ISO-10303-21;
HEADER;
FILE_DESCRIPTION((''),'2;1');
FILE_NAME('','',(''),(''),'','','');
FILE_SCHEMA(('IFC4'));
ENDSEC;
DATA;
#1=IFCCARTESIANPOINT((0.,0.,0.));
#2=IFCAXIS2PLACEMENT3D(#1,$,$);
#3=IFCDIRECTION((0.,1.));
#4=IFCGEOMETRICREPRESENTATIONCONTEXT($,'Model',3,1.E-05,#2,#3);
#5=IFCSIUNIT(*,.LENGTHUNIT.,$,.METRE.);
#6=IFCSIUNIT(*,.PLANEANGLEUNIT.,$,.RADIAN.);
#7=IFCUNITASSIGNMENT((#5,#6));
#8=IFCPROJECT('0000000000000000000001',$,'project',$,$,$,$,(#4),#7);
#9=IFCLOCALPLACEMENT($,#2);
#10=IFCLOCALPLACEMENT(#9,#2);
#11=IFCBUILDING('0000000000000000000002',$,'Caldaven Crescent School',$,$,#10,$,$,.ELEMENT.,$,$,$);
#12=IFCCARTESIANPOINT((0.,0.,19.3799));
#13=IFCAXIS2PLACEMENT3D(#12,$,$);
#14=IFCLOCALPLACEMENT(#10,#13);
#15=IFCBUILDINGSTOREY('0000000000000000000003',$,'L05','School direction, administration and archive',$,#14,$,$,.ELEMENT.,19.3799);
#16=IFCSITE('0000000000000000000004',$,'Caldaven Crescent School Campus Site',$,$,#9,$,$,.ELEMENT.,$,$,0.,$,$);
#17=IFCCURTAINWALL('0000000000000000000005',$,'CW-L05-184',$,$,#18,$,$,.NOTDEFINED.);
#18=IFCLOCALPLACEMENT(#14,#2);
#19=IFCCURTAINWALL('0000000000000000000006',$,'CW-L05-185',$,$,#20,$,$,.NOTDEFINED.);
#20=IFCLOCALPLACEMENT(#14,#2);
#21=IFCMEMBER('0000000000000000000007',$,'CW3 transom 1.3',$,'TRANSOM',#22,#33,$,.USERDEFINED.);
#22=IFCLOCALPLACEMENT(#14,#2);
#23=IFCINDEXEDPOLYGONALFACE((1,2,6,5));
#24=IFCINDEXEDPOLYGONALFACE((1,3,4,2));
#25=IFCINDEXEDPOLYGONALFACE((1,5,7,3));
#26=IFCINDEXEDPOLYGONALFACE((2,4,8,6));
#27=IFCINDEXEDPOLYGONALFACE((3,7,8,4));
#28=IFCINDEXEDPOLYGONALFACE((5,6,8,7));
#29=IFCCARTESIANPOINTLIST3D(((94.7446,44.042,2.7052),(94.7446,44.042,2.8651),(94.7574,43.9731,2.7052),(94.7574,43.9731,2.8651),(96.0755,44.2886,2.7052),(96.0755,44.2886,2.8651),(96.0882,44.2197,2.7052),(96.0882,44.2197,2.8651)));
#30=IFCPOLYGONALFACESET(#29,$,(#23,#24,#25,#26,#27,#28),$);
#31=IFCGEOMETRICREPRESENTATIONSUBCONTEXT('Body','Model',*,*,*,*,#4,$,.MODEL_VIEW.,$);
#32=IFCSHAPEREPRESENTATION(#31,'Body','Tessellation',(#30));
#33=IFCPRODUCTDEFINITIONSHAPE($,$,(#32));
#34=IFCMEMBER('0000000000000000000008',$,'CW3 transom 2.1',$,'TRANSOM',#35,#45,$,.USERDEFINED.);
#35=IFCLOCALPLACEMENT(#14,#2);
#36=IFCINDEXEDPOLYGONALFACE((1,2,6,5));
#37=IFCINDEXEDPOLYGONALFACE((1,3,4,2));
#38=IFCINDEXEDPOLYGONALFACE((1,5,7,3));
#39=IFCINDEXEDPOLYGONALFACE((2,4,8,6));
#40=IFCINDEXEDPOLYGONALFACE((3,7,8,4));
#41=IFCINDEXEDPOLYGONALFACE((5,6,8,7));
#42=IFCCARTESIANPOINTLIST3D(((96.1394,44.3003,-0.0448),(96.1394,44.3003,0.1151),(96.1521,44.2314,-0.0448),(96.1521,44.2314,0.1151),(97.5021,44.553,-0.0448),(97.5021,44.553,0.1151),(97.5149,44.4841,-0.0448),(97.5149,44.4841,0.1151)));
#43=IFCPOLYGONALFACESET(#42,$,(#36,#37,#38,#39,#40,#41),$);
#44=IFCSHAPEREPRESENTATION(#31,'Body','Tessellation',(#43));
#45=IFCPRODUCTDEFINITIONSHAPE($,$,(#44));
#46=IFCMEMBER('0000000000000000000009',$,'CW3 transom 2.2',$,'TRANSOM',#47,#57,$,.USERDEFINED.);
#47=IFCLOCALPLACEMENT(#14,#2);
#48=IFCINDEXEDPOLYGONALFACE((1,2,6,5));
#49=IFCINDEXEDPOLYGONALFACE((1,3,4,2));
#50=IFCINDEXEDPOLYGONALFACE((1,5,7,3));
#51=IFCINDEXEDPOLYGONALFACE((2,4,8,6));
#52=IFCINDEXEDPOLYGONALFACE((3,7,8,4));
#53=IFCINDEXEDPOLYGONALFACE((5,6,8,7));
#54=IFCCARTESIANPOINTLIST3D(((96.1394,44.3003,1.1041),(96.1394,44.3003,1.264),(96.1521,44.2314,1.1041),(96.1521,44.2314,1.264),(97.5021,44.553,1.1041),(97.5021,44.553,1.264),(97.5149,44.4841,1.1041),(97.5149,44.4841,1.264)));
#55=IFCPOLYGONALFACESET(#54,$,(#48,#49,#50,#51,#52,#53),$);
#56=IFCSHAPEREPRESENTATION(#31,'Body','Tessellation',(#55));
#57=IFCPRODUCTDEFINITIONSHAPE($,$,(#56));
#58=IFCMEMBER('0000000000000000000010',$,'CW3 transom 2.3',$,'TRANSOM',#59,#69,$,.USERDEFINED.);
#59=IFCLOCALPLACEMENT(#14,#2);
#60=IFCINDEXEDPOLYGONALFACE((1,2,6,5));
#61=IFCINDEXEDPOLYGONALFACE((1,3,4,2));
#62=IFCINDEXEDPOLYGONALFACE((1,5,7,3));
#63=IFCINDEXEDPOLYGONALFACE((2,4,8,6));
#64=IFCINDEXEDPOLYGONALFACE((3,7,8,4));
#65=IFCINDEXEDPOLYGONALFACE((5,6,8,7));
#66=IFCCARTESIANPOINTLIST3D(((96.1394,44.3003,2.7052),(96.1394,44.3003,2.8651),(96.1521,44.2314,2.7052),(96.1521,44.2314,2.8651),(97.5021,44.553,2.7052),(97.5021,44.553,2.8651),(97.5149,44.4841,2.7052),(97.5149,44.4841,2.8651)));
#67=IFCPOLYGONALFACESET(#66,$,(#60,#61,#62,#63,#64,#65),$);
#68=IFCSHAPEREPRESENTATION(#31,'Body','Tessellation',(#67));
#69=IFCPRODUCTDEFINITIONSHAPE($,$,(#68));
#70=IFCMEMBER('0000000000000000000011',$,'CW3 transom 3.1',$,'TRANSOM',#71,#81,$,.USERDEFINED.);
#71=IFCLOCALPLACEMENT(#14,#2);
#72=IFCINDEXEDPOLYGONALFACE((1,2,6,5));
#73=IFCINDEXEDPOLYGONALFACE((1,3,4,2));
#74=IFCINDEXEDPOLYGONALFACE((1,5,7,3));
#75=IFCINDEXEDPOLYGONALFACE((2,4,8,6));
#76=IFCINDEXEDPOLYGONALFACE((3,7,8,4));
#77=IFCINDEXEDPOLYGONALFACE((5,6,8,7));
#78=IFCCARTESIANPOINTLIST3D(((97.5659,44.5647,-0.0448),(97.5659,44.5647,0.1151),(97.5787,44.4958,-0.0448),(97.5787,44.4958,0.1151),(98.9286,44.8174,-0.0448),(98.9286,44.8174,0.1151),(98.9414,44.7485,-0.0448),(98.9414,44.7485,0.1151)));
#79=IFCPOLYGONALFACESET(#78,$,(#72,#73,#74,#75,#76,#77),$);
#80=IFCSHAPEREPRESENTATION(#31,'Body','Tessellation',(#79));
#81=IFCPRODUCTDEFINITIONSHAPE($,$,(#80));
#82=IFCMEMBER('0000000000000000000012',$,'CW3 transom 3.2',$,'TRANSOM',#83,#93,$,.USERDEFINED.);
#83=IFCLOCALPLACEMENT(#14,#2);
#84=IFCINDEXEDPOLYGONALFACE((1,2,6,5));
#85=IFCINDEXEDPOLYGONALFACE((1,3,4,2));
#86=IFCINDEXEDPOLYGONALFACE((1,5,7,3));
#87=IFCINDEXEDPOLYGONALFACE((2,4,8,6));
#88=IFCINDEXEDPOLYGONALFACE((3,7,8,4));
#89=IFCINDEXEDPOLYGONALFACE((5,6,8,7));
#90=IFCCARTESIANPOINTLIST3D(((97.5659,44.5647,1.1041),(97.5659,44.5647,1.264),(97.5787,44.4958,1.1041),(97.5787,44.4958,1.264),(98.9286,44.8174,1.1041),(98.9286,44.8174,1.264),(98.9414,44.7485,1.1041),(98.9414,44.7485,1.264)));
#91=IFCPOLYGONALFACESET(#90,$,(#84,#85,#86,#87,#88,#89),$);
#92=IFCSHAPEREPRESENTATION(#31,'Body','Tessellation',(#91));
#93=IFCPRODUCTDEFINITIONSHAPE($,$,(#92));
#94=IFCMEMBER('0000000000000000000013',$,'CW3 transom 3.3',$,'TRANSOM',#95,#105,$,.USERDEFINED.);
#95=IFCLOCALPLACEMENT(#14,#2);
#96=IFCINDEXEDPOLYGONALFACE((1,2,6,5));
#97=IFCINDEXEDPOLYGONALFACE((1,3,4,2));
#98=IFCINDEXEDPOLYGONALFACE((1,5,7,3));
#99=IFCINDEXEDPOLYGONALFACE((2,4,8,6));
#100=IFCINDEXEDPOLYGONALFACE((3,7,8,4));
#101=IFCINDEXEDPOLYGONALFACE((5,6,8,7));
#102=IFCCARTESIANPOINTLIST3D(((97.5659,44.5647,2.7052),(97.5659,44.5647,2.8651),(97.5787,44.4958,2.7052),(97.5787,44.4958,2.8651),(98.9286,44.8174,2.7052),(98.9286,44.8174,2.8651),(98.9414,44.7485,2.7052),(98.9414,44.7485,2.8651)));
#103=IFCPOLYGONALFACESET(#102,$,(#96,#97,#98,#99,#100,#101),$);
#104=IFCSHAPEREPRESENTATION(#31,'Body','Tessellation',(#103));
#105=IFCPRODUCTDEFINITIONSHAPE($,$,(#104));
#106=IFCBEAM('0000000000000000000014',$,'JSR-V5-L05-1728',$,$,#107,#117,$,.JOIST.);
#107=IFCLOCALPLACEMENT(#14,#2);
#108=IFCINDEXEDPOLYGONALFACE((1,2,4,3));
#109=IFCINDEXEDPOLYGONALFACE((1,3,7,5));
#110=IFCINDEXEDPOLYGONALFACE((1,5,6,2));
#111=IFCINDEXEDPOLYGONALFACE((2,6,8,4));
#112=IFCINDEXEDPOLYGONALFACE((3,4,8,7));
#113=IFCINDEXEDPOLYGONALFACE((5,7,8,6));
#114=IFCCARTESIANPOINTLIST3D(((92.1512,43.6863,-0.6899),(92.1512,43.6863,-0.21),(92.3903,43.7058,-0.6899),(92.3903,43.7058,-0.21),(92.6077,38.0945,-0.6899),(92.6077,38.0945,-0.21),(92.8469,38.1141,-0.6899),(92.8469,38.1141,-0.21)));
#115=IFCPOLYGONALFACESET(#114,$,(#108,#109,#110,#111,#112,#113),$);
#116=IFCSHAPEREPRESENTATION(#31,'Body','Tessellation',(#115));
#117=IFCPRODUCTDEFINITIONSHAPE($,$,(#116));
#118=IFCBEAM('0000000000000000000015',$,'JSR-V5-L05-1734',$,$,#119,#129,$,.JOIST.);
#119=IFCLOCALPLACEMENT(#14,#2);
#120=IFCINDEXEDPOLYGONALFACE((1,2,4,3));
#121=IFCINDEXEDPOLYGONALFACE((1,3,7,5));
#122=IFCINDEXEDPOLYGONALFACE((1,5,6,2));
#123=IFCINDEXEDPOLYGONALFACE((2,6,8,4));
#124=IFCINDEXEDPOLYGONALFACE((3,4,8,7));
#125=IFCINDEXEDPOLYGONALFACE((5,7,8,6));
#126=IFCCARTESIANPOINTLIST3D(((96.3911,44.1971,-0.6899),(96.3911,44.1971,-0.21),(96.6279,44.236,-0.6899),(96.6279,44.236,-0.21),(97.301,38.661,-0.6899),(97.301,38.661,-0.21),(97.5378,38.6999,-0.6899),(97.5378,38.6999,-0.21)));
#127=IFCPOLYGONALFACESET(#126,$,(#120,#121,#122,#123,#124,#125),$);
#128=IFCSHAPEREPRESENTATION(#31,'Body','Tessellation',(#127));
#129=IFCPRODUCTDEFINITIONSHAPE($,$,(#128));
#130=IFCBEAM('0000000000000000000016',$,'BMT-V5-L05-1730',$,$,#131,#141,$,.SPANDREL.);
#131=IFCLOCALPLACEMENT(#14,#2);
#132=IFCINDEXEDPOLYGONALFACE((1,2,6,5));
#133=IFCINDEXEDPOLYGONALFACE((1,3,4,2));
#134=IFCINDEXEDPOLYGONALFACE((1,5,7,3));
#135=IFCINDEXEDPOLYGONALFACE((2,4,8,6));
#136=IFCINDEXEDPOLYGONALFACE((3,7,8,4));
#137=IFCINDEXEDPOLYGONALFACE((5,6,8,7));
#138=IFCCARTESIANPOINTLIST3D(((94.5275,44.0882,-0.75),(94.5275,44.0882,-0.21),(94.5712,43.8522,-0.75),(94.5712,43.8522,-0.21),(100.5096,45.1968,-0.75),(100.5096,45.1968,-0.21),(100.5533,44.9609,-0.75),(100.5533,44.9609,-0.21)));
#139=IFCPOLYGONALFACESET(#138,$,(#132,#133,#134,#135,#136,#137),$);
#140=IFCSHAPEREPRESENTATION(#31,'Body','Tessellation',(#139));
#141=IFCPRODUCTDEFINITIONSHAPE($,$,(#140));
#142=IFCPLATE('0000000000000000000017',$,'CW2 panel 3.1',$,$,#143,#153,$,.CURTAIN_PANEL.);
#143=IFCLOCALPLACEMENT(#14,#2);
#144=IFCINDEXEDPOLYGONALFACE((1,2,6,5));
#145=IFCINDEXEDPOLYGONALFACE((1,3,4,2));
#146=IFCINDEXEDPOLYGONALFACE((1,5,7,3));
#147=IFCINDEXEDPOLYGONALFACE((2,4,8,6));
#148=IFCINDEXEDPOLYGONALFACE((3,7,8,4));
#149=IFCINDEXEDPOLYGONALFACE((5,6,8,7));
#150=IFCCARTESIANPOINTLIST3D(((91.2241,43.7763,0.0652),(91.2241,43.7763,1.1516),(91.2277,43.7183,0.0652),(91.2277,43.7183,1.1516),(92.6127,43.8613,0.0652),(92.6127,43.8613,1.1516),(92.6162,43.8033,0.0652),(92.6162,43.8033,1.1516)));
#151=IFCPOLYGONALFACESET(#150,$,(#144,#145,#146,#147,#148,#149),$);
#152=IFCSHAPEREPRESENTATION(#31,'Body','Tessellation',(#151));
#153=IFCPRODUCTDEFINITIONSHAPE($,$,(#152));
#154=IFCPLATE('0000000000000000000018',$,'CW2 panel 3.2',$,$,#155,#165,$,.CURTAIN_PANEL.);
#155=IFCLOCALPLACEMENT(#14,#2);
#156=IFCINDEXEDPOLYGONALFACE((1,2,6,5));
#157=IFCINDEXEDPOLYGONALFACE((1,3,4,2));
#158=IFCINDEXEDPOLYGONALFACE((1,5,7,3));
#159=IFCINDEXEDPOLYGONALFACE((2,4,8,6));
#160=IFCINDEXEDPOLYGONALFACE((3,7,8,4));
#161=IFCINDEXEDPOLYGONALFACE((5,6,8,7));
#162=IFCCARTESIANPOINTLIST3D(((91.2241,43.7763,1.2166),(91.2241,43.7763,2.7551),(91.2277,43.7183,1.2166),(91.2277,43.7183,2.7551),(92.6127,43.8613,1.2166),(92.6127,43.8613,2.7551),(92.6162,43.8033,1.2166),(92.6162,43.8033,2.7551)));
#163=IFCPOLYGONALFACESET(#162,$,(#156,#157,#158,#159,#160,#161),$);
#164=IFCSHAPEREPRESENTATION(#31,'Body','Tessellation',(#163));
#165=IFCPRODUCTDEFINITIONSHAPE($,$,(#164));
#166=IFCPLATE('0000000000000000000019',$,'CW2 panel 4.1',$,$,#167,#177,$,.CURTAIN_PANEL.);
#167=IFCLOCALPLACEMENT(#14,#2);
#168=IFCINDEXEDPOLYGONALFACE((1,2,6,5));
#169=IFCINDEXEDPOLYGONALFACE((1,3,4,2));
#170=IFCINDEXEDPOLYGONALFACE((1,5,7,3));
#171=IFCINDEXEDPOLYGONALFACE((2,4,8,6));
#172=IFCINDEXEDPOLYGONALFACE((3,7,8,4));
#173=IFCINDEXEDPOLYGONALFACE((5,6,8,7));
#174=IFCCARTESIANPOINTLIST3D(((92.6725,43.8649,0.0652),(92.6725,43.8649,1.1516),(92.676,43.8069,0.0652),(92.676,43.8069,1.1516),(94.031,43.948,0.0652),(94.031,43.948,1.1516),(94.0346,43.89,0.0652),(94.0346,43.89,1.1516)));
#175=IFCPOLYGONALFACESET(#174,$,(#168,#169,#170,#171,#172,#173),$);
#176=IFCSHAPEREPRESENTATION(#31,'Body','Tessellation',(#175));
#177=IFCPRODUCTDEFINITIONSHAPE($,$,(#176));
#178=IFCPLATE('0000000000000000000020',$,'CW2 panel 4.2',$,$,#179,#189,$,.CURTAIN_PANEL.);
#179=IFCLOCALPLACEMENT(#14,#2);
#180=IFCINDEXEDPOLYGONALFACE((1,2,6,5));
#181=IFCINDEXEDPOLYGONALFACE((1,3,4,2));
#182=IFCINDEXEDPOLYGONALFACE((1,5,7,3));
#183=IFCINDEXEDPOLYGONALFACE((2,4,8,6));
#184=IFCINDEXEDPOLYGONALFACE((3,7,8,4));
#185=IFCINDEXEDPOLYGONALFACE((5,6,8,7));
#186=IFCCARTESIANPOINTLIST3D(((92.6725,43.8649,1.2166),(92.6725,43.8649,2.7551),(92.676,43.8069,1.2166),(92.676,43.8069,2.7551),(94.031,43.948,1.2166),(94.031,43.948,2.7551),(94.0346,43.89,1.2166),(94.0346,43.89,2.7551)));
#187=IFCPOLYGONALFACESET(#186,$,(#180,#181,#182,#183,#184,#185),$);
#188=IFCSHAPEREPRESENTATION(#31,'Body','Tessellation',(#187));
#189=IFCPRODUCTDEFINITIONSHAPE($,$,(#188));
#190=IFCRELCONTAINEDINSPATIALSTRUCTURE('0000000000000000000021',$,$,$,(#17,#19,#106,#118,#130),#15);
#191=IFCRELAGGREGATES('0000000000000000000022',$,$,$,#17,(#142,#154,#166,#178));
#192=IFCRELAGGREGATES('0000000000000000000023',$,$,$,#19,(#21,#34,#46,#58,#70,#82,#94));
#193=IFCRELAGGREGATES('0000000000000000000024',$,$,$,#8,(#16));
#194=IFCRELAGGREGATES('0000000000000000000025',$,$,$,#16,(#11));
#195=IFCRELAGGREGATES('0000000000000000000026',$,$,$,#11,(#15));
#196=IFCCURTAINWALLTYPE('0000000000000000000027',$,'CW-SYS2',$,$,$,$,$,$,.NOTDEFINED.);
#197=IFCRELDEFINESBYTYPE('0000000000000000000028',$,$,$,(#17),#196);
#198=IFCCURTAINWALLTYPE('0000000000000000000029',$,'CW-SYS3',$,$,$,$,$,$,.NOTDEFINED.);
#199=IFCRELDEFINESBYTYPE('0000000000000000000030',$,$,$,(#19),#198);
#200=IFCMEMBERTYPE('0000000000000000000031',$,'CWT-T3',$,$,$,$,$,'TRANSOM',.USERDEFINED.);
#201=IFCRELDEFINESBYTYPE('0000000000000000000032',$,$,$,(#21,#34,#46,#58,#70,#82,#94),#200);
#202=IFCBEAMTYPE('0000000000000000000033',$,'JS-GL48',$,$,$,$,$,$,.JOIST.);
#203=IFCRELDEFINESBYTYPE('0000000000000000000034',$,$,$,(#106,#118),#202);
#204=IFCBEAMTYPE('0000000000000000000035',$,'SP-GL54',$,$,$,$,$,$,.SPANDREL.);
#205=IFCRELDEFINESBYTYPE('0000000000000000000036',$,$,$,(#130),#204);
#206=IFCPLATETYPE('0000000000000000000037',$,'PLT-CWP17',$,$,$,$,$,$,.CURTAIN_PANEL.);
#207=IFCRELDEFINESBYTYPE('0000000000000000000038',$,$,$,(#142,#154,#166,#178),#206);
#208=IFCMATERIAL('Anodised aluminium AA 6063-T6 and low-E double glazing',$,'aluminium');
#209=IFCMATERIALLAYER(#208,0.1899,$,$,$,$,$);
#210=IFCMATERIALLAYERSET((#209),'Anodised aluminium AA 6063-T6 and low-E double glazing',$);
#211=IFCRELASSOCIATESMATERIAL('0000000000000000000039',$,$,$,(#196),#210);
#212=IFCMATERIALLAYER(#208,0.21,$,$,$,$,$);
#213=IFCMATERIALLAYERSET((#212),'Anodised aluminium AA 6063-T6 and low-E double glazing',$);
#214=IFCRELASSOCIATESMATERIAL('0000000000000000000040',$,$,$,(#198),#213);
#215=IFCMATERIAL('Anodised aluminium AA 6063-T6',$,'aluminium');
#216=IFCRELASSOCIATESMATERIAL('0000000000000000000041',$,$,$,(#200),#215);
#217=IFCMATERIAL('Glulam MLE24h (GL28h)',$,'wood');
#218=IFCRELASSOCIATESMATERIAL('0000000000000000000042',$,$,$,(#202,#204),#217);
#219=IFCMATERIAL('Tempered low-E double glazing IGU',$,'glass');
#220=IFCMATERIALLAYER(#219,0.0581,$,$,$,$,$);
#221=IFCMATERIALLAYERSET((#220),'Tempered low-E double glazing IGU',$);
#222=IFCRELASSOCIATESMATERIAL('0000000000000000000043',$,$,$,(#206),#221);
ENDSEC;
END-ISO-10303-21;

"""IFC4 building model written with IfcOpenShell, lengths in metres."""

from ifc_helpers import new_model, si_unit, direction, frame, origin, origin_2d, place, context, subcontext, project, spatial, rectangle, extrude, material, layer, layer_set, material_profile, profile_set, type_object, element, aggregate, save


model = new_model("IFC4")

# Units and contexts
model_context = context("Model", 3, precision=1e-05, world=origin(), true_north=direction((0.0, 1.0)))
body_context = subcontext(model_context, "Body", "Model", "MODEL_VIEW")
ifc_project = project(units=[si_unit("LENGTHUNIT", "METRE"), si_unit("PLANEANGLEUNIT", "RADIAN")], contexts=[model_context])

# Site, building, storey
site_placement = place(None, origin())
site = spatial("IfcSite", under=ifc_project, at=site_placement, Name="Caldaven Crescent School Campus Site", CompositionType="ELEMENT", RefElevation=0.0)
building_placement = place(site_placement, origin())
building = spatial("IfcBuilding", under=site, at=building_placement, Name="Caldaven Crescent School", CompositionType="ELEMENT")
storey_placement = place(building_placement, frame((0.0, 0.0, 19.3799)))
storey = spatial("IfcBuildingStorey", under=building, at=storey_placement, Name="L05", Description="School direction, administration and archive", CompositionType="ELEMENT", Elevation=19.3799)

# Shared definitions
ifc_material_1 = material(Name="Glulam MLE24h (GL28h)", Category="wood")

# Curtain walls
ifc_material_2 = material(Name="Anodised aluminium AA 6063-T6 and low-E double glazing", Category="aluminium")
ifc_layer_1 = layer(ifc_material_2, 0.1899)
ifc_layer_set_1 = layer_set([ifc_layer_1], Name="Anodised aluminium AA 6063-T6 and low-E double glazing")
curtain_wall_type_1 = type_object("IfcCurtainWallType", Name="CW-SYS2", PredefinedType="NOTDEFINED", material=ifc_layer_set_1)
curtain_wall_1_placement = place(storey_placement, origin())
curtain_wall_1 = element("IfcCurtainWall", 1, at=curtain_wall_1_placement, inside=storey, type_object=curtain_wall_type_1, Name="CW-L05-184", PredefinedType="NOTDEFINED")
ifc_material_3 = material(Name="Anodised aluminium AA 6063-T6", Category="aluminium")
ifc_layer_2 = layer(ifc_material_2, 0.21)
ifc_layer_set_2 = layer_set([ifc_layer_2], Name="Anodised aluminium AA 6063-T6 and low-E double glazing")
curtain_wall_type_2 = type_object("IfcCurtainWallType", Name="CW-SYS3", PredefinedType="NOTDEFINED", material=ifc_layer_set_2)
curtain_wall_2_placement = place(storey_placement, origin())
curtain_wall_2 = element("IfcCurtainWall", 2, at=curtain_wall_2_placement, inside=storey, type_object=curtain_wall_type_2, Name="CW-L05-185", PredefinedType="NOTDEFINED")

# Members
ifc_material_profile_1 = material_profile(ifc_material_3, rectangle(XDim=0.0701, YDim=0.1599, at=origin_2d()), Name="CWT 70x160")
ifc_profile_set_1 = profile_set([ifc_material_profile_1], Name="Anodised aluminium AA 6063-T6")
member_type_1 = type_object("IfcMemberType", Name="CWT-T3", ElementType="TRANSOM", PredefinedType="USERDEFINED", material=ifc_profile_set_1)
member_1_placement = place(storey_placement, frame((94.751, 44.0076, 2.7852), z_axis=(0.983264, 0.182186, 0.0), x_axis=(-0.182186, 0.983264, 0.0)))
member_1 = element("IfcMember", 3, at=member_1_placement, type_object=member_type_1, Name="CW3 transom 1.3", ObjectType="TRANSOM", PredefinedType="USERDEFINED", context=body_context, shape_type="SweptSolid", body=[
    extrude(rectangle(XDim=0.0701, YDim=0.1599, at=origin_2d()), origin(), (0.0, 0.0, 1.0), 1.3535),
])
member_2_placement = place(storey_placement, frame((96.1458, 44.2659, 0.0352), z_axis=(0.983241, 0.18231, 0.0), x_axis=(-0.18231, 0.983241, 0.0)))
member_2 = element("IfcMember", 4, at=member_2_placement, type_object=member_type_1, Name="CW3 transom 2.1", ObjectType="TRANSOM", PredefinedType="USERDEFINED", context=body_context, shape_type="SweptSolid", body=[
    extrude(rectangle(XDim=0.0701, YDim=0.1599, at=origin_2d()), origin(), (0.0, 0.0, 1.0), 1.386),
])
member_3_placement = place(storey_placement, frame((96.1458, 44.2659, 1.1841), z_axis=(0.983241, 0.18231, 0.0), x_axis=(-0.18231, 0.983241, 0.0)))
member_3 = element("IfcMember", 5, at=member_3_placement, type_object=member_type_1, Name="CW3 transom 2.2", ObjectType="TRANSOM", PredefinedType="USERDEFINED", context=body_context, shape_type="SweptSolid", body=[
    extrude(rectangle(XDim=0.0701, YDim=0.1599, at=origin_2d()), origin(), (0.0, 0.0, 1.0), 1.386),
])
member_4_placement = place(storey_placement, frame((96.1458, 44.2659, 2.7852), z_axis=(0.983241, 0.18231, 0.0), x_axis=(-0.18231, 0.983241, 0.0)))
member_4 = element("IfcMember", 6, at=member_4_placement, type_object=member_type_1, Name="CW3 transom 2.3", ObjectType="TRANSOM", PredefinedType="USERDEFINED", context=body_context, shape_type="SweptSolid", body=[
    extrude(rectangle(XDim=0.0701, YDim=0.1599, at=origin_2d()), origin(), (0.0, 0.0, 1.0), 1.386),
])
member_5_placement = place(storey_placement, frame((97.5723, 44.5303, 0.0352), z_axis=(0.983241, 0.18231, 0.0), x_axis=(-0.18231, 0.983241, 0.0)))
member_5 = element("IfcMember", 7, at=member_5_placement, type_object=member_type_1, Name="CW3 transom 3.1", ObjectType="TRANSOM", PredefinedType="USERDEFINED", context=body_context, shape_type="SweptSolid", body=[
    extrude(rectangle(XDim=0.0701, YDim=0.1599, at=origin_2d()), origin(), (0.0, 0.0, 1.0), 1.386),
])
member_6_placement = place(storey_placement, frame((97.5723, 44.5303, 1.1841), z_axis=(0.983241, 0.18231, 0.0), x_axis=(-0.18231, 0.983241, 0.0)))
member_6 = element("IfcMember", 8, at=member_6_placement, type_object=member_type_1, Name="CW3 transom 3.2", ObjectType="TRANSOM", PredefinedType="USERDEFINED", context=body_context, shape_type="SweptSolid", body=[
    extrude(rectangle(XDim=0.0701, YDim=0.1599, at=origin_2d()), origin(), (0.0, 0.0, 1.0), 1.386),
])
member_7_placement = place(storey_placement, frame((97.5723, 44.5303, 2.7852), z_axis=(0.983241, 0.18231, 0.0), x_axis=(-0.18231, 0.983241, 0.0)))
member_7 = element("IfcMember", 9, at=member_7_placement, type_object=member_type_1, Name="CW3 transom 3.3", ObjectType="TRANSOM", PredefinedType="USERDEFINED", context=body_context, shape_type="SweptSolid", body=[
    extrude(rectangle(XDim=0.0701, YDim=0.1599, at=origin_2d()), origin(), (0.0, 0.0, 1.0), 1.386),
])

# Beams
ifc_material_profile_2 = material_profile(ifc_material_1, rectangle(XDim=0.24, YDim=0.48, at=origin_2d()), Name="MLE 240x480")
ifc_profile_set_2 = profile_set([ifc_material_profile_2], Name="Glulam MLE24h (GL28h)")
beam_type_1 = type_object("IfcBeamType", Name="JS-GL48", PredefinedType="JOIST", material=ifc_profile_set_2)
for number, where, z_axis, x_axis, name in (
    (10, (92.2708, 43.696, -0.45), (0.081374, -0.996684, 0.0), (0.996684, 0.081374, 0.0), "JSR-V5-L05-1728"),
    (11, (96.5095, 44.2166, -0.45), (0.162183, -0.986761, 0.0), (0.986761, 0.162183, 0.0), "JSR-V5-L05-1734"),
):
    element("IfcBeam", number, at=place(storey_placement, frame(where, z_axis=z_axis, x_axis=x_axis)), inside=storey, type_object=beam_type_1, Name=name, PredefinedType="JOIST", context=body_context, shape_type="SweptSolid", body=[
        extrude(rectangle(XDim=0.24, YDim=0.48, at=origin_2d()), origin(), (0.0, 0.0, 1.0), 5.6104),
    ])
ifc_material_profile_3 = material_profile(ifc_material_1, rectangle(XDim=0.24, YDim=0.54, at=origin_2d()), Name="MLE 240x540")
ifc_profile_set_3 = profile_set([ifc_material_profile_3], Name="Glulam MLE24h (GL28h)")
beam_type_2 = type_object("IfcBeamType", Name="SP-GL54", PredefinedType="SPANDREL", material=ifc_profile_set_3)
beam_1_placement = place(storey_placement, frame((94.5493, 43.9702, -0.48), z_axis=(0.983258, 0.182221, 0.0), x_axis=(-0.182221, 0.983258, 0.0)))
element("IfcBeam", 12, at=beam_1_placement, inside=storey, type_object=beam_type_2, Name="BMT-V5-L05-1730", PredefinedType="SPANDREL", context=body_context, shape_type="SweptSolid", body=[
    extrude(rectangle(XDim=0.24, YDim=0.54, at=origin_2d()), origin(), (0.0, 0.0, 1.0), 6.084),
])

# Plates
ifc_material_4 = material(Name="Tempered low-E double glazing IGU", Category="glass")
ifc_layer_3 = layer(ifc_material_4, 0.0581)
ifc_layer_set_3 = layer_set([ifc_layer_3], Name="Tempered low-E double glazing IGU")
plate_type_1 = type_object("IfcPlateType", Name="PLT-CWP17", PredefinedType="CURTAIN_PANEL", material=ifc_layer_set_3)
plate_1_placement = place(storey_placement, frame((91.9202, 43.7898, 0.0652), z_axis=(0.0, 0.0, 1.0), x_axis=(0.998135, 0.061049, 0.0)))
plate_1 = element("IfcPlate", 13, at=plate_1_placement, type_object=plate_type_1, Name="CW2 panel 3.1", PredefinedType="CURTAIN_PANEL", context=body_context, shape_type="SweptSolid", body=[
    extrude(rectangle(XDim=1.3911, YDim=0.0581, at=origin_2d()), origin(), (0.0, 0.0, 1.0), 1.0864),
])
plate_2_placement = place(storey_placement, frame((91.9202, 43.7898, 1.2166), z_axis=(0.0, 0.0, 1.0), x_axis=(0.998135, 0.061049, 0.0)))
plate_2 = element("IfcPlate", 14, at=plate_2_placement, type_object=plate_type_1, Name="CW2 panel 3.2", PredefinedType="CURTAIN_PANEL", context=body_context, shape_type="SweptSolid", body=[
    extrude(rectangle(XDim=1.3911, YDim=0.0581, at=origin_2d()), origin(), (0.0, 0.0, 1.0), 1.5386),
])
plate_3_placement = place(storey_placement, frame((93.3535, 43.8774, 0.0652), z_axis=(0.0, 0.0, 1.0), x_axis=(0.998135, 0.061049, 0.0)))
plate_3 = element("IfcPlate", 15, at=plate_3_placement, type_object=plate_type_1, Name="CW2 panel 4.1", PredefinedType="CURTAIN_PANEL", context=body_context, shape_type="SweptSolid", body=[
    extrude(rectangle(XDim=1.3611, YDim=0.0581, at=origin_2d()), origin(), (0.0, 0.0, 1.0), 1.0864),
])
plate_4_placement = place(storey_placement, frame((93.3535, 43.8774, 1.2166), z_axis=(0.0, 0.0, 1.0), x_axis=(0.998135, 0.061049, 0.0)))
plate_4 = element("IfcPlate", 16, at=plate_4_placement, type_object=plate_type_1, Name="CW2 panel 4.2", PredefinedType="CURTAIN_PANEL", context=body_context, shape_type="SweptSolid", body=[
    extrude(rectangle(XDim=1.3611, YDim=0.0581, at=origin_2d()), origin(), (0.0, 0.0, 1.0), 1.5386),
])
aggregate(curtain_wall_1, [plate_1, plate_2, plate_3, plate_4])
aggregate(curtain_wall_2, [member_1, member_2, member_3, member_4, member_5, member_6, member_7])

save(model, "model.ifc")
